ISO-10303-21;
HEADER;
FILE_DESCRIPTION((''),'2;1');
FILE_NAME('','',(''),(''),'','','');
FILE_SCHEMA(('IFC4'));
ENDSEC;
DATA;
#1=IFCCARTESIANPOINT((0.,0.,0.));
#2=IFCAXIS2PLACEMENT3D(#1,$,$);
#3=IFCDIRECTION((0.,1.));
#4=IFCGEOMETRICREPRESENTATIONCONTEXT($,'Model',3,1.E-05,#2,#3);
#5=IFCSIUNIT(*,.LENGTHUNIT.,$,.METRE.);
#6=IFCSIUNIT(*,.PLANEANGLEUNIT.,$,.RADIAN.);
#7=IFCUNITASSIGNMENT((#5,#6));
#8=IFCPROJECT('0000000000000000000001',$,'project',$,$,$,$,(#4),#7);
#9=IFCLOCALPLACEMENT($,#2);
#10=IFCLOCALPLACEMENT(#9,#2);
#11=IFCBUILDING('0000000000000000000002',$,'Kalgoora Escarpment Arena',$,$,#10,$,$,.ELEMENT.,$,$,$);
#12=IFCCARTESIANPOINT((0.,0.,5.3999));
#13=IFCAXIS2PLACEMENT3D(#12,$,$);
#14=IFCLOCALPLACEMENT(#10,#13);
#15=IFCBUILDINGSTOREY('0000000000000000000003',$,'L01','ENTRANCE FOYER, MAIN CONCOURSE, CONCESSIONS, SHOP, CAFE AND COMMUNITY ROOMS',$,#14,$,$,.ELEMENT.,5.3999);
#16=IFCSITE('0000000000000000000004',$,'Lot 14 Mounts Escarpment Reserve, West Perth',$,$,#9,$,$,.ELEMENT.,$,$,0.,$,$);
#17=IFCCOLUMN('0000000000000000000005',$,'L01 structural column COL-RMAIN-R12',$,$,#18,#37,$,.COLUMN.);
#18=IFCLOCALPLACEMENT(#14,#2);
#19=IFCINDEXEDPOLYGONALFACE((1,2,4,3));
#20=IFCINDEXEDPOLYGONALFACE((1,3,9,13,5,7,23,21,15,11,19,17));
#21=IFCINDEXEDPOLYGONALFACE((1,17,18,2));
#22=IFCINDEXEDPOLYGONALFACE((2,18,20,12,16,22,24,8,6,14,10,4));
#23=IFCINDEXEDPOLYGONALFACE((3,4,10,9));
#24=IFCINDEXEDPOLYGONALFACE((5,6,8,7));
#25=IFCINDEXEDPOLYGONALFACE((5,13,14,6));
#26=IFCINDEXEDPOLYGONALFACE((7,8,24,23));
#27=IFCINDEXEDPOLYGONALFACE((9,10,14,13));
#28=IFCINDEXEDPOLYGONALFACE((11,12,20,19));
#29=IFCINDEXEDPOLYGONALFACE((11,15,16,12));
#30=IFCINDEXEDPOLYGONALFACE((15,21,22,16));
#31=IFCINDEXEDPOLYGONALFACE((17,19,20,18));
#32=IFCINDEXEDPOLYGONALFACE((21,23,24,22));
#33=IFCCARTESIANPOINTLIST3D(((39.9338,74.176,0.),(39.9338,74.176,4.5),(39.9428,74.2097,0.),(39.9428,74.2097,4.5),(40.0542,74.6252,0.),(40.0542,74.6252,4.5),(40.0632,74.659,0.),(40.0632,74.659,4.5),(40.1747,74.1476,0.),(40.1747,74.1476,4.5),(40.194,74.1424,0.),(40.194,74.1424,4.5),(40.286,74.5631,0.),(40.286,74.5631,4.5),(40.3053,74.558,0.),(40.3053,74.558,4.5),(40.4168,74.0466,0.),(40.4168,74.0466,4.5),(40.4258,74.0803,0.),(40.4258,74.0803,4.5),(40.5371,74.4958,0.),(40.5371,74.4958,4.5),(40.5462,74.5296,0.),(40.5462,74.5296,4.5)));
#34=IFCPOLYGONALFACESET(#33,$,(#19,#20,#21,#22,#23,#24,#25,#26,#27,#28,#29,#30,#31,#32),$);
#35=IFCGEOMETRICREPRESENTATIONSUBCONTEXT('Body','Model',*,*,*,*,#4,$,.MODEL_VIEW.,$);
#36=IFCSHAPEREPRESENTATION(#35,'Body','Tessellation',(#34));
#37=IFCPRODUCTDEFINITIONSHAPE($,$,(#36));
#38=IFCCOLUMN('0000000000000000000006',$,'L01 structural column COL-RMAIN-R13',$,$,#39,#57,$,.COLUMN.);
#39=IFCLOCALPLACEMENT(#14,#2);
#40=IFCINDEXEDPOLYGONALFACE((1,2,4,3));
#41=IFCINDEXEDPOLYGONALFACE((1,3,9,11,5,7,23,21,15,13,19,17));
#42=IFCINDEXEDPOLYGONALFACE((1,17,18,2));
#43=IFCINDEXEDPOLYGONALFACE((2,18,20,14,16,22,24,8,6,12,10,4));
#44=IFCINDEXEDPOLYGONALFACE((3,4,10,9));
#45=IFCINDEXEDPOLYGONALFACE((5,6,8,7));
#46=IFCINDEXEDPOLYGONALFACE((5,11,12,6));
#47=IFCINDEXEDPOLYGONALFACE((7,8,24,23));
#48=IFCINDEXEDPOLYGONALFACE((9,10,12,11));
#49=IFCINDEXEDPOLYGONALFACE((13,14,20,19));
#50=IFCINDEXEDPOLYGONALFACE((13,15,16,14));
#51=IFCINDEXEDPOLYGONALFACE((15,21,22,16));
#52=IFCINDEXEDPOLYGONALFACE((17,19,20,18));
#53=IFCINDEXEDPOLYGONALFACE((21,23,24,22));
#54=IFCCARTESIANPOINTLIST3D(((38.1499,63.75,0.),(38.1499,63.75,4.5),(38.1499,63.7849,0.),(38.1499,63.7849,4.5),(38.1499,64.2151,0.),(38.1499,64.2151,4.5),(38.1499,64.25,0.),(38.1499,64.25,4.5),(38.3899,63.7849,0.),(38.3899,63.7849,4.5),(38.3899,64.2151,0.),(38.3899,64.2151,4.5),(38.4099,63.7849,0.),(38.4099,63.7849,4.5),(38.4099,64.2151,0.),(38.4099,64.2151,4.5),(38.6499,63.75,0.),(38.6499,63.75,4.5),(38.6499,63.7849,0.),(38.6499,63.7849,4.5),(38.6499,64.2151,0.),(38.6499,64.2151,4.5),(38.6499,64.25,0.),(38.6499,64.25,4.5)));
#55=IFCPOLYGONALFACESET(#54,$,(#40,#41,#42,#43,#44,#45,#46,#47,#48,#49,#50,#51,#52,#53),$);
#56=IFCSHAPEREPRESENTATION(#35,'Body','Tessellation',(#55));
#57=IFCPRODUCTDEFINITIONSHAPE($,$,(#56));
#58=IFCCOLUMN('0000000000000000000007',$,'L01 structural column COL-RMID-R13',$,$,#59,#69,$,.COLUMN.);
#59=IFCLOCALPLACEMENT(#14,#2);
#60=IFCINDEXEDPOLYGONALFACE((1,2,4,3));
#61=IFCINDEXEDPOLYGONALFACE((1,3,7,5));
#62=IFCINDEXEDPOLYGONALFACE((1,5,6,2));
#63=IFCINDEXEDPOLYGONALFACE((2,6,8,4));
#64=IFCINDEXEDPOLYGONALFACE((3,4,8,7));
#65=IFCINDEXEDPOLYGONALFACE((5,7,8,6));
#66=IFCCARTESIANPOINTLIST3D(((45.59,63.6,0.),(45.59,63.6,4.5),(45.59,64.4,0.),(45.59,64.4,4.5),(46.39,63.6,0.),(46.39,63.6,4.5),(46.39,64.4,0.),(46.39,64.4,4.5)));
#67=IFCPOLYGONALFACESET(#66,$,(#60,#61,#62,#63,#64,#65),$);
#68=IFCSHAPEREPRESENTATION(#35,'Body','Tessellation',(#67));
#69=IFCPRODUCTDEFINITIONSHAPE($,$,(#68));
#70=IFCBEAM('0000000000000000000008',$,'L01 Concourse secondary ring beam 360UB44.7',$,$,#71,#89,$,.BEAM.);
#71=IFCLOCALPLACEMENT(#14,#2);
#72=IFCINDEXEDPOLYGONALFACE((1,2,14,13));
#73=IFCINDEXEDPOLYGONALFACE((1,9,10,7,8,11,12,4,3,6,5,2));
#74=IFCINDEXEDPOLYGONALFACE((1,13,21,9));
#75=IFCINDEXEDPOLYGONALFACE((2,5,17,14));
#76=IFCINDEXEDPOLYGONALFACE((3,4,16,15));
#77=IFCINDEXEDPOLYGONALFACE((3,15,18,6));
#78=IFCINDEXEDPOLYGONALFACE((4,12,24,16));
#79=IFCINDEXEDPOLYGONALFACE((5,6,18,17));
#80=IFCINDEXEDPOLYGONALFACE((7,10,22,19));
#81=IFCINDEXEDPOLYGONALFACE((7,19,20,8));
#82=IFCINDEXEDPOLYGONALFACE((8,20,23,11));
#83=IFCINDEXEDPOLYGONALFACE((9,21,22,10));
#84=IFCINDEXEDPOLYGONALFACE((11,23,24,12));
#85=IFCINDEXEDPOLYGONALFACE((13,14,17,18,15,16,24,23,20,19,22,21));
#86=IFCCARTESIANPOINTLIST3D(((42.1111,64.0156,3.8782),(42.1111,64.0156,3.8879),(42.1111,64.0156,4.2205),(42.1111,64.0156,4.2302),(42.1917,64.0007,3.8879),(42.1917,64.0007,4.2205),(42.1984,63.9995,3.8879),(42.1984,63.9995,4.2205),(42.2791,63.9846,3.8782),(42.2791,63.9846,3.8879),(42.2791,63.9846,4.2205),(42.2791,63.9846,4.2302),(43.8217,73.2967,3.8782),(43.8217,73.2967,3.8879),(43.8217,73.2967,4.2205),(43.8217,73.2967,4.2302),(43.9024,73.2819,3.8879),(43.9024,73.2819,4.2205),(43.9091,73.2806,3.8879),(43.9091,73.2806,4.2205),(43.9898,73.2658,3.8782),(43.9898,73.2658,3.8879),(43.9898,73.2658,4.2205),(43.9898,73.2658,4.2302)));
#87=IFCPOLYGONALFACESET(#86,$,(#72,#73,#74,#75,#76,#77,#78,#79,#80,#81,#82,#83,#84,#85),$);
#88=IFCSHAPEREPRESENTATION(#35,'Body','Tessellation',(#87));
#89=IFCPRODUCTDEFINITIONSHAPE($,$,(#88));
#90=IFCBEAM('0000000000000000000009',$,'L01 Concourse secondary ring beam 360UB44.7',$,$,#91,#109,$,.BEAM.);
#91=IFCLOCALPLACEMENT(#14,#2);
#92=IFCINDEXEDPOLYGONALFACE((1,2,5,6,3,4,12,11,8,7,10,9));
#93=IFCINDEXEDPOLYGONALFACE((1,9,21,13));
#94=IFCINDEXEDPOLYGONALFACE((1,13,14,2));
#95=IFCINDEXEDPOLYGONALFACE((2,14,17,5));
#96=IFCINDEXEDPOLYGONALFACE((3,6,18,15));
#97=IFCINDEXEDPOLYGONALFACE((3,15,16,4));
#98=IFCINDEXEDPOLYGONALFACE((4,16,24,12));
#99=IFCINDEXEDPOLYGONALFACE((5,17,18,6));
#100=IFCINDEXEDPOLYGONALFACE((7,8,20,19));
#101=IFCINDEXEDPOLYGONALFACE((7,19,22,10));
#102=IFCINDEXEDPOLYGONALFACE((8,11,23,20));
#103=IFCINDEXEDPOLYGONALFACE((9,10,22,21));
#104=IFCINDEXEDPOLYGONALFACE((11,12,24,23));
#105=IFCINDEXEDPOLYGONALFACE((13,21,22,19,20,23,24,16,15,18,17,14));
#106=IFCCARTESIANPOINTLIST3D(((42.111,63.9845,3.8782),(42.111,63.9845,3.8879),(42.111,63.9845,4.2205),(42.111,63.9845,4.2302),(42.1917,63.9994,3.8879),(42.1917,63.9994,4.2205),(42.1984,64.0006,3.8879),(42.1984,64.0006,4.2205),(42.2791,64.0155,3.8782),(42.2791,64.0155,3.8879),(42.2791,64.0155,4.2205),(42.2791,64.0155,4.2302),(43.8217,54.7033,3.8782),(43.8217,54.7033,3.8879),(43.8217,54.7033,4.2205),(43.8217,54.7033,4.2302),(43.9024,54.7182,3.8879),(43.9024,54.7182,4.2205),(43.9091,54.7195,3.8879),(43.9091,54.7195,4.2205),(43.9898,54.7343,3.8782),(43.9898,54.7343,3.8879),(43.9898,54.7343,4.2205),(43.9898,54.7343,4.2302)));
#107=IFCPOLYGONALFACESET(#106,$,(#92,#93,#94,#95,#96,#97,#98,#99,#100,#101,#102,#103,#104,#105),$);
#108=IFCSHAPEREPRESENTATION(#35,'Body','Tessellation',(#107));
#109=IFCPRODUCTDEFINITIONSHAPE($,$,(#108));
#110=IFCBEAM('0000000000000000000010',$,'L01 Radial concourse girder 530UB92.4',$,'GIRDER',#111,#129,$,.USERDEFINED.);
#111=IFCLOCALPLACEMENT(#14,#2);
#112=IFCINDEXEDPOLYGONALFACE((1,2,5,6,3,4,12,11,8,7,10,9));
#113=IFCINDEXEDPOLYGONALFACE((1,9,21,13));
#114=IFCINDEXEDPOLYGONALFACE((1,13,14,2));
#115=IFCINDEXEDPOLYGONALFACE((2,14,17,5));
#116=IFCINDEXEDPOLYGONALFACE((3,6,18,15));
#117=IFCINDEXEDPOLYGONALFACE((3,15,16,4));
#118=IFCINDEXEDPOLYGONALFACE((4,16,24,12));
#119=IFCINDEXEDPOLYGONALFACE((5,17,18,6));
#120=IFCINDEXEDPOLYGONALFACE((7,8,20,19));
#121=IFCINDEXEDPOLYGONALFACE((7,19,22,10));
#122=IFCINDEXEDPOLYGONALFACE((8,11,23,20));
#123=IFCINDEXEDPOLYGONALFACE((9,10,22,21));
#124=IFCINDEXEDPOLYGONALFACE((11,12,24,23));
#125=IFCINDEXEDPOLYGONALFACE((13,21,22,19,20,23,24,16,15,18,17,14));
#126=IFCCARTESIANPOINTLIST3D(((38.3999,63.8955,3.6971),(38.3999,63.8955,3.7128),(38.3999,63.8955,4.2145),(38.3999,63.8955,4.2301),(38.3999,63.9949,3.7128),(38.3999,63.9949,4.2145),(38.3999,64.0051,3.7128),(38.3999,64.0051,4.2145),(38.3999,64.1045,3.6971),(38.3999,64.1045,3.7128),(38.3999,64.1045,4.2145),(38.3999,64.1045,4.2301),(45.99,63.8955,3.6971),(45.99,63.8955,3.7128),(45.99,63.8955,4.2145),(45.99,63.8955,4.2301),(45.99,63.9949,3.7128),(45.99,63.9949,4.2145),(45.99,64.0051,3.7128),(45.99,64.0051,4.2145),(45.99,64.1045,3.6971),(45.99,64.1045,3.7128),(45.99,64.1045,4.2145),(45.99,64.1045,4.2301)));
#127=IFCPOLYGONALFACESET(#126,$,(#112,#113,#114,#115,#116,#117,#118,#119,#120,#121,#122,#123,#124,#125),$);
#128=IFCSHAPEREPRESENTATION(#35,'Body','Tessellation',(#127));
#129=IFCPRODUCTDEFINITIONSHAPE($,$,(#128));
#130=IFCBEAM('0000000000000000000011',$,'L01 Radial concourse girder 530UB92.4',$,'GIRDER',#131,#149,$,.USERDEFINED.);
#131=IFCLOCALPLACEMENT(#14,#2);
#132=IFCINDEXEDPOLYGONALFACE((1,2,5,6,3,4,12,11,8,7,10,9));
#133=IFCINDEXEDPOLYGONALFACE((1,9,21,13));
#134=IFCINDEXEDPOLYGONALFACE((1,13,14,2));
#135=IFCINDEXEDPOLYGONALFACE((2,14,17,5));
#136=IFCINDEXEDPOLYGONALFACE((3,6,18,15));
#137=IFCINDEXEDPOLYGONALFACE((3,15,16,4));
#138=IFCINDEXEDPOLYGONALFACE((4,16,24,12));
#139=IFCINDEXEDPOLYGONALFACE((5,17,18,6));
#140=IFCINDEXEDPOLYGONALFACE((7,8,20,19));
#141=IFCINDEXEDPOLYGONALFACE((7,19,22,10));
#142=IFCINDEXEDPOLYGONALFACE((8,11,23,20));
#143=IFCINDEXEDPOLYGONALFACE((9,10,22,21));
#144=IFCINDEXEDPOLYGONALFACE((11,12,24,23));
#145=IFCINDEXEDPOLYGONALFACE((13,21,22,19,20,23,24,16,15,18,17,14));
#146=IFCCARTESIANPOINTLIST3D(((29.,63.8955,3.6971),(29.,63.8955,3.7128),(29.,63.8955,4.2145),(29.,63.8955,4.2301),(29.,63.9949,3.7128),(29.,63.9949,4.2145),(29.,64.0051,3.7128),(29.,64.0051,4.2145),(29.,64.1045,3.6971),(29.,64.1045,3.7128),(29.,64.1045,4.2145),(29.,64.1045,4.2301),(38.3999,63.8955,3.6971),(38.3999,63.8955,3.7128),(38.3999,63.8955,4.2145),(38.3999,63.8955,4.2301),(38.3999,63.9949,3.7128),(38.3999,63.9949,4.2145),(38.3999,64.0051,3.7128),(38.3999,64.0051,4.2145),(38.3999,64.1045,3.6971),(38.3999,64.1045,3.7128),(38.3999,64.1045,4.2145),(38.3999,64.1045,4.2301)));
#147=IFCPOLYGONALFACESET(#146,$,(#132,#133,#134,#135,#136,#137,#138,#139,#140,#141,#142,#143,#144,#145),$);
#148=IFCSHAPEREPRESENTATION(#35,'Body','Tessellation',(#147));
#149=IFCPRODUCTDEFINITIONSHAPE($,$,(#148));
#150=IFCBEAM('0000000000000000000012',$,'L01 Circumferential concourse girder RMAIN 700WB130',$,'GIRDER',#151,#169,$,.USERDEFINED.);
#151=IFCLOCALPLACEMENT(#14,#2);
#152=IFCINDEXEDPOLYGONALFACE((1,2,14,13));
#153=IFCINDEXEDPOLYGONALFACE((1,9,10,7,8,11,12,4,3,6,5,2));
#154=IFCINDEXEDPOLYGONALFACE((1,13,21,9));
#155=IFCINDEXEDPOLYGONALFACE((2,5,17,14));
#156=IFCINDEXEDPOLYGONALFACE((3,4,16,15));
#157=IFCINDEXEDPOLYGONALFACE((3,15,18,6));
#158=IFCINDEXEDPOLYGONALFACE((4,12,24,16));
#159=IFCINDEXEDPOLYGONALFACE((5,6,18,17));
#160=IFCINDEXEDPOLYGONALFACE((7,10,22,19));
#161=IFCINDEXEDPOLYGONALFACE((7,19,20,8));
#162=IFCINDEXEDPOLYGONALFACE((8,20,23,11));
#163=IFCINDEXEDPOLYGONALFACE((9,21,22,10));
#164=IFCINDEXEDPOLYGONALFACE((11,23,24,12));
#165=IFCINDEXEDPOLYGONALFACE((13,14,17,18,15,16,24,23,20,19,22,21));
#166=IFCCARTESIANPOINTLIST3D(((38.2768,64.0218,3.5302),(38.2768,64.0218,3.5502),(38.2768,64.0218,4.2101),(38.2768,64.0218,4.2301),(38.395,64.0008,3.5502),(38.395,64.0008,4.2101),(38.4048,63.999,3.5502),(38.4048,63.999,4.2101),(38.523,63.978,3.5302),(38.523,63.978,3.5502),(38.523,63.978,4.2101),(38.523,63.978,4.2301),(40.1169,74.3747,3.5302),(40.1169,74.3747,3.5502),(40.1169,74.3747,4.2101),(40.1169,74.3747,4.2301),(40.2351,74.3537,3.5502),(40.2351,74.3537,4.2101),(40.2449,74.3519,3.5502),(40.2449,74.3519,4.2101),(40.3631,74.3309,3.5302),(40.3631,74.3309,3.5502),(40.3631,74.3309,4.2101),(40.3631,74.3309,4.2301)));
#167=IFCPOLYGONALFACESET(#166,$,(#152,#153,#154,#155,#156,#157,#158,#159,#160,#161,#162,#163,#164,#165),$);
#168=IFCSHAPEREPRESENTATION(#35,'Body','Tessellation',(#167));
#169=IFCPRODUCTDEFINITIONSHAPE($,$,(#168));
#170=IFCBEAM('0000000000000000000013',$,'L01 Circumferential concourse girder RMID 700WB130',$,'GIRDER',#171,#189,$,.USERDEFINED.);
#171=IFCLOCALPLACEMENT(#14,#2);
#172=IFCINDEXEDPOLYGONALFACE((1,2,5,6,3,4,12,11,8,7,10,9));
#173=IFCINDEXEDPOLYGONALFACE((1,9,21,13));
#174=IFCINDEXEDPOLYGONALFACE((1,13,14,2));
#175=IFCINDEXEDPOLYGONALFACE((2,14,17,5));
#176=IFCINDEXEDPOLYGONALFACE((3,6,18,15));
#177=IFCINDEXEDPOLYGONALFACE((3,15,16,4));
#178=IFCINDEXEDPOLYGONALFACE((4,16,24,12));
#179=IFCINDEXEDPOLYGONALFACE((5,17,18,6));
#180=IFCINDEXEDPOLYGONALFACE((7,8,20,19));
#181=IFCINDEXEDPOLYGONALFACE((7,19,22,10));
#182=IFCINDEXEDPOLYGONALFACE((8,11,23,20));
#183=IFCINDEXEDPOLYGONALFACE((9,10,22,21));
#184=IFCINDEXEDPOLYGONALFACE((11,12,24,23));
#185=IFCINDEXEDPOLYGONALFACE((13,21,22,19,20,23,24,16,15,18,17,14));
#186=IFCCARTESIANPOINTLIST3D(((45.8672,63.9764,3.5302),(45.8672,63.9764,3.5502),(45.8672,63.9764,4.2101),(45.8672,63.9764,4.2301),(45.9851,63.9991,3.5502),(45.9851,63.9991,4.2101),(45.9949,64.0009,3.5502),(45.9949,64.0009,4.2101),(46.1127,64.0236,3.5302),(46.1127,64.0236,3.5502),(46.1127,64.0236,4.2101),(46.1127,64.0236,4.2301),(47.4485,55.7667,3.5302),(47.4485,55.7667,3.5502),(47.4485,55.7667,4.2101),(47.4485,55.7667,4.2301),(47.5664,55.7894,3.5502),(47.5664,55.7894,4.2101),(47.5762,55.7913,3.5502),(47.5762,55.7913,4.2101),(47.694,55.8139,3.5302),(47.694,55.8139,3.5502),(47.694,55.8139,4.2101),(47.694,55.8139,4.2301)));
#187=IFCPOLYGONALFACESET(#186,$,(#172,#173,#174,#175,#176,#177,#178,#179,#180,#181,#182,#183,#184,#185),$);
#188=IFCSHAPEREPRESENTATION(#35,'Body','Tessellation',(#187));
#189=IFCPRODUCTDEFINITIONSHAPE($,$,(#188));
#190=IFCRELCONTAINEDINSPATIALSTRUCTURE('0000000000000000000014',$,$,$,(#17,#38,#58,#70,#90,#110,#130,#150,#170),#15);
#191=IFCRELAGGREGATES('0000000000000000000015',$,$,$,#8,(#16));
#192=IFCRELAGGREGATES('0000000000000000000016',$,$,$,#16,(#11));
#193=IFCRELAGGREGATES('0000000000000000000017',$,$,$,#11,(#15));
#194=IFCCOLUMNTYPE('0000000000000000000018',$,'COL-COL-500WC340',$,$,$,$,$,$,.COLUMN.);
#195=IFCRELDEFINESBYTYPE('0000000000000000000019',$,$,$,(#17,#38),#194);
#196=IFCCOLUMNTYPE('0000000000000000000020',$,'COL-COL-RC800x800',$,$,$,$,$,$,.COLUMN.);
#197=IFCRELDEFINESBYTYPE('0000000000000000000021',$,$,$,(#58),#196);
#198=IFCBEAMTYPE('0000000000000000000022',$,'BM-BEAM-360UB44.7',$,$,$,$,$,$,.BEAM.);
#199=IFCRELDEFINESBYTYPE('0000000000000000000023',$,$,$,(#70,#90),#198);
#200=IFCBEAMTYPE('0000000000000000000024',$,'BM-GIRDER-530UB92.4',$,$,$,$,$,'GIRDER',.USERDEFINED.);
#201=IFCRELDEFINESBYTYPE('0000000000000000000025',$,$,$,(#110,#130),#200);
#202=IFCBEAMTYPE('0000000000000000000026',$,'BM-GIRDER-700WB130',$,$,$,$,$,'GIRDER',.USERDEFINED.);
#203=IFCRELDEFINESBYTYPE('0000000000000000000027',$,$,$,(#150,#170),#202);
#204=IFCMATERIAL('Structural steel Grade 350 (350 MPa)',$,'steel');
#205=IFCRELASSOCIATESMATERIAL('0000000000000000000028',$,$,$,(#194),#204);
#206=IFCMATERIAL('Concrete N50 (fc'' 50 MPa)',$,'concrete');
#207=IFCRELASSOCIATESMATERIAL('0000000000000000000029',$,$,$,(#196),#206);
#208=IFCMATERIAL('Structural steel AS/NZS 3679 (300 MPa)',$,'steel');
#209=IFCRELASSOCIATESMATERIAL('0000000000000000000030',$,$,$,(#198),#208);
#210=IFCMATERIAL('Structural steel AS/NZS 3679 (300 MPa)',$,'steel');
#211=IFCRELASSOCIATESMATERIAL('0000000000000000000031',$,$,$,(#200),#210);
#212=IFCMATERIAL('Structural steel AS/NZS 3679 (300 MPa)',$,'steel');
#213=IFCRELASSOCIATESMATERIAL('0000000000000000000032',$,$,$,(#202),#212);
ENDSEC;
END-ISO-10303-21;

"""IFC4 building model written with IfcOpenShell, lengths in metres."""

from ifc_helpers import new_model, si_unit, direction, frame, origin, origin_2d, place, context, subcontext, project, spatial, rectangle, i_section, extrude, material, material_profile, profile_set, type_object, element, save


model = new_model("IFC4")

# Units and contexts
model_context = context("Model", 3, precision=1e-05, world=origin(), true_north=direction((0.0, 1.0)))
body_context = subcontext(model_context, "Body", "Model", "MODEL_VIEW")
ifc_project = project(units=[si_unit("LENGTHUNIT", "METRE"), si_unit("PLANEANGLEUNIT", "RADIAN")], contexts=[model_context])

# Site, building, storey
site_placement = place(None, origin())
site = spatial("IfcSite", under=ifc_project, at=site_placement, Name="Lot 14 Mounts Escarpment Reserve, West Perth", CompositionType="ELEMENT", RefElevation=0.0)
building_placement = place(site_placement, origin())
building = spatial("IfcBuilding", under=site, at=building_placement, Name="Kalgoora Escarpment Arena", CompositionType="ELEMENT")
storey_placement = place(building_placement, frame((0.0, 0.0, 5.3999)))
storey = spatial("IfcBuildingStorey", under=building, at=storey_placement, Name="L01", Description="ENTRANCE FOYER, MAIN CONCOURSE, CONCESSIONS, SHOP, CAFE AND COMMUNITY ROOMS", CompositionType="ELEMENT", Elevation=5.3999)

# Columns
ifc_material_1 = material(Name="Structural steel Grade 350 (350 MPa)", Category="steel")
ifc_material_profile_1 = material_profile(ifc_material_1, i_section(OverallWidth=0.5, OverallDepth=0.5, WebThickness=0.02, FlangeThickness=0.0349, at=origin_2d()))
ifc_profile_set_1 = profile_set([ifc_material_profile_1], Name="Structural steel Grade 350 (350 MPa)")
column_type_1 = type_object("IfcColumnType", Name="COL-COL-500WC340", PredefinedType="COLUMN", material=ifc_profile_set_1)
for number, where, z_axis, x_axis, name in (
    (1, (40.24, 74.3528, 0.0), (0.0, 0.0, 1.0), (-0.965926, 0.258819, 0.0), "L01 structural column COL-RMAIN-R12"),
    (2, (38.3999, 64.0, 0.0), (0.0, 0.0, 1.0), (-1.0, 0.0, 0.0), "L01 structural column COL-RMAIN-R13"),
):
    element("IfcColumn", number, at=place(storey_placement, frame(where, z_axis=z_axis, x_axis=x_axis)), inside=storey, type_object=column_type_1, Name=name, PredefinedType="COLUMN", context=body_context, shape_type="SweptSolid", body=[
        extrude(i_section(OverallWidth=0.5, OverallDepth=0.5, WebThickness=0.02, FlangeThickness=0.0349, at=origin_2d()), origin(), (0.0, 0.0, 1.0), 4.5),
    ])
ifc_material_2 = material(Name="Concrete N50 (fc' 50 MPa)", Category="concrete")
ifc_material_profile_2 = material_profile(ifc_material_2, rectangle(XDim=0.8, YDim=0.8, at=origin_2d()))
ifc_profile_set_2 = profile_set([ifc_material_profile_2], Name="Concrete N50 (fc' 50 MPa)")
column_type_2 = type_object("IfcColumnType", Name="COL-COL-RC800x800", PredefinedType="COLUMN", material=ifc_profile_set_2)
column_placement = place(storey_placement, frame((45.99, 64.0, 0.0), z_axis=(0.0, 0.0, 1.0), x_axis=(-1.0, 0.0, 0.0)))
element("IfcColumn", 3, at=column_placement, inside=storey, type_object=column_type_2, Name="L01 structural column COL-RMID-R13", PredefinedType="COLUMN", context=body_context, shape_type="SweptSolid", body=[
    extrude(rectangle(XDim=0.8, YDim=0.8, at=origin_2d()), origin(), (0.0, 0.0, 1.0), 4.5),
])

# Beams
ifc_material_3 = material(Name="Structural steel AS/NZS 3679 (300 MPa)", Category="steel")
ifc_material_profile_3 = material_profile(ifc_material_3, i_section(OverallWidth=0.1709, OverallDepth=0.3521, WebThickness=0.0068, FlangeThickness=0.0098, at=origin_2d()))
ifc_profile_set_3 = profile_set([ifc_material_profile_3], Name="Structural steel AS/NZS 3679 (300 MPa)")
beam_type_1 = type_object("IfcBeamType", Name="BM-BEAM-360UB44.7", PredefinedType="BEAM", material=ifc_profile_set_3)
for number, where, z_axis, x_axis, name in (
    (4, (43.9058, 73.2812, 4.0542), (-0.181264, -0.983435, 0.0), (0.983435, -0.181264, 0.0), "L01 Concourse secondary ring beam 360UB44.7"),
    (5, (42.1951, 64.0, 4.0542), (0.181264, -0.983435, 0.0), (0.983435, 0.181264, 0.0), "L01 Concourse secondary ring beam 360UB44.7"),
):
    element("IfcBeam", number, at=place(storey_placement, frame(where, z_axis=z_axis, x_axis=x_axis)), inside=storey, type_object=beam_type_1, Name=name, PredefinedType="BEAM", context=body_context, shape_type="SweptSolid", body=[
        extrude(i_section(OverallWidth=0.1709, OverallDepth=0.3521, WebThickness=0.0068, FlangeThickness=0.0098, at=origin_2d()), origin(), (0.0, 0.0, 1.0), 9.4375),
    ])
ifc_material_4 = material(Name="Structural steel AS/NZS 3679 (300 MPa)", Category="steel")
ifc_material_profile_4 = material_profile(ifc_material_4, i_section(OverallWidth=0.209, OverallDepth=0.533, WebThickness=0.0103, FlangeThickness=0.0156, at=origin_2d()))
ifc_profile_set_4 = profile_set([ifc_material_profile_4], Name="Structural steel AS/NZS 3679 (300 MPa)")
beam_type_2 = type_object("IfcBeamType", Name="BM-GIRDER-530UB92.4", ElementType="GIRDER", PredefinedType="USERDEFINED", material=ifc_profile_set_4)
beam_1_placement = place(storey_placement, frame((45.99, 64.0, 3.9636), z_axis=(-1.0, 0.0, 0.0), x_axis=(0.0, -1.0, 0.0)))
element("IfcBeam", 6, at=beam_1_placement, inside=storey, type_object=beam_type_2, Name="L01 Radial concourse girder 530UB92.4", ObjectType="GIRDER", PredefinedType="USERDEFINED", context=body_context, shape_type="SweptSolid", body=[
    extrude(i_section(OverallWidth=0.209, OverallDepth=0.533, WebThickness=0.0103, FlangeThickness=0.0156, at=origin_2d()), origin(), (0.0, 0.0, 1.0), 7.5901),
])
beam_2_placement = place(storey_placement, frame((38.3999, 64.0, 3.9636), z_axis=(-1.0, 0.0, 0.0), x_axis=(0.0, -1.0, 0.0)))
element("IfcBeam", 7, at=beam_2_placement, inside=storey, type_object=beam_type_2, Name="L01 Radial concourse girder 530UB92.4", ObjectType="GIRDER", PredefinedType="USERDEFINED", context=body_context, shape_type="SweptSolid", body=[
    extrude(i_section(OverallWidth=0.209, OverallDepth=0.533, WebThickness=0.0103, FlangeThickness=0.0156, at=origin_2d()), origin(), (0.0, 0.0, 1.0), 9.3999),
])
ifc_material_5 = material(Name="Structural steel AS/NZS 3679 (300 MPa)", Category="steel")
ifc_material_profile_5 = material_profile(ifc_material_5, i_section(OverallWidth=0.25, OverallDepth=0.7, WebThickness=0.01, FlangeThickness=0.02, at=origin_2d()))
ifc_profile_set_5 = profile_set([ifc_material_profile_5], Name="Structural steel AS/NZS 3679 (300 MPa)")
beam_type_3 = type_object("IfcBeamType", Name="BM-GIRDER-700WB130", ElementType="GIRDER", PredefinedType="USERDEFINED", material=ifc_profile_set_5)
beam_3_placement = place(storey_placement, frame((40.24, 74.3528, 3.8801), z_axis=(-0.174996, -0.984569, 0.0), x_axis=(0.984569, -0.174996, 0.0)))
element("IfcBeam", 8, at=beam_3_placement, inside=storey, type_object=beam_type_3, Name="L01 Circumferential concourse girder RMAIN 700WB130", ObjectType="GIRDER", PredefinedType="USERDEFINED", context=body_context, shape_type="SweptSolid", body=[
    extrude(i_section(OverallWidth=0.25, OverallDepth=0.7, WebThickness=0.01, FlangeThickness=0.02, at=origin_2d()), origin(), (0.0, 0.0, 1.0), 10.5151),
])
beam_4_placement = place(storey_placement, frame((45.99, 64.0, 3.8801), z_axis=(0.189137, -0.981951, 0.0), x_axis=(0.981951, 0.189137, 0.0)))
element("IfcBeam", 9, at=beam_4_placement, inside=storey, type_object=beam_type_3, Name="L01 Circumferential concourse girder RMID 700WB130", ObjectType="GIRDER", PredefinedType="USERDEFINED", context=body_context, shape_type="SweptSolid", body=[
    extrude(i_section(OverallWidth=0.25, OverallDepth=0.7, WebThickness=0.01, FlangeThickness=0.02, at=origin_2d()), origin(), (0.0, 0.0, 1.0), 8.3606),
])

save(model, "model.ifc")
